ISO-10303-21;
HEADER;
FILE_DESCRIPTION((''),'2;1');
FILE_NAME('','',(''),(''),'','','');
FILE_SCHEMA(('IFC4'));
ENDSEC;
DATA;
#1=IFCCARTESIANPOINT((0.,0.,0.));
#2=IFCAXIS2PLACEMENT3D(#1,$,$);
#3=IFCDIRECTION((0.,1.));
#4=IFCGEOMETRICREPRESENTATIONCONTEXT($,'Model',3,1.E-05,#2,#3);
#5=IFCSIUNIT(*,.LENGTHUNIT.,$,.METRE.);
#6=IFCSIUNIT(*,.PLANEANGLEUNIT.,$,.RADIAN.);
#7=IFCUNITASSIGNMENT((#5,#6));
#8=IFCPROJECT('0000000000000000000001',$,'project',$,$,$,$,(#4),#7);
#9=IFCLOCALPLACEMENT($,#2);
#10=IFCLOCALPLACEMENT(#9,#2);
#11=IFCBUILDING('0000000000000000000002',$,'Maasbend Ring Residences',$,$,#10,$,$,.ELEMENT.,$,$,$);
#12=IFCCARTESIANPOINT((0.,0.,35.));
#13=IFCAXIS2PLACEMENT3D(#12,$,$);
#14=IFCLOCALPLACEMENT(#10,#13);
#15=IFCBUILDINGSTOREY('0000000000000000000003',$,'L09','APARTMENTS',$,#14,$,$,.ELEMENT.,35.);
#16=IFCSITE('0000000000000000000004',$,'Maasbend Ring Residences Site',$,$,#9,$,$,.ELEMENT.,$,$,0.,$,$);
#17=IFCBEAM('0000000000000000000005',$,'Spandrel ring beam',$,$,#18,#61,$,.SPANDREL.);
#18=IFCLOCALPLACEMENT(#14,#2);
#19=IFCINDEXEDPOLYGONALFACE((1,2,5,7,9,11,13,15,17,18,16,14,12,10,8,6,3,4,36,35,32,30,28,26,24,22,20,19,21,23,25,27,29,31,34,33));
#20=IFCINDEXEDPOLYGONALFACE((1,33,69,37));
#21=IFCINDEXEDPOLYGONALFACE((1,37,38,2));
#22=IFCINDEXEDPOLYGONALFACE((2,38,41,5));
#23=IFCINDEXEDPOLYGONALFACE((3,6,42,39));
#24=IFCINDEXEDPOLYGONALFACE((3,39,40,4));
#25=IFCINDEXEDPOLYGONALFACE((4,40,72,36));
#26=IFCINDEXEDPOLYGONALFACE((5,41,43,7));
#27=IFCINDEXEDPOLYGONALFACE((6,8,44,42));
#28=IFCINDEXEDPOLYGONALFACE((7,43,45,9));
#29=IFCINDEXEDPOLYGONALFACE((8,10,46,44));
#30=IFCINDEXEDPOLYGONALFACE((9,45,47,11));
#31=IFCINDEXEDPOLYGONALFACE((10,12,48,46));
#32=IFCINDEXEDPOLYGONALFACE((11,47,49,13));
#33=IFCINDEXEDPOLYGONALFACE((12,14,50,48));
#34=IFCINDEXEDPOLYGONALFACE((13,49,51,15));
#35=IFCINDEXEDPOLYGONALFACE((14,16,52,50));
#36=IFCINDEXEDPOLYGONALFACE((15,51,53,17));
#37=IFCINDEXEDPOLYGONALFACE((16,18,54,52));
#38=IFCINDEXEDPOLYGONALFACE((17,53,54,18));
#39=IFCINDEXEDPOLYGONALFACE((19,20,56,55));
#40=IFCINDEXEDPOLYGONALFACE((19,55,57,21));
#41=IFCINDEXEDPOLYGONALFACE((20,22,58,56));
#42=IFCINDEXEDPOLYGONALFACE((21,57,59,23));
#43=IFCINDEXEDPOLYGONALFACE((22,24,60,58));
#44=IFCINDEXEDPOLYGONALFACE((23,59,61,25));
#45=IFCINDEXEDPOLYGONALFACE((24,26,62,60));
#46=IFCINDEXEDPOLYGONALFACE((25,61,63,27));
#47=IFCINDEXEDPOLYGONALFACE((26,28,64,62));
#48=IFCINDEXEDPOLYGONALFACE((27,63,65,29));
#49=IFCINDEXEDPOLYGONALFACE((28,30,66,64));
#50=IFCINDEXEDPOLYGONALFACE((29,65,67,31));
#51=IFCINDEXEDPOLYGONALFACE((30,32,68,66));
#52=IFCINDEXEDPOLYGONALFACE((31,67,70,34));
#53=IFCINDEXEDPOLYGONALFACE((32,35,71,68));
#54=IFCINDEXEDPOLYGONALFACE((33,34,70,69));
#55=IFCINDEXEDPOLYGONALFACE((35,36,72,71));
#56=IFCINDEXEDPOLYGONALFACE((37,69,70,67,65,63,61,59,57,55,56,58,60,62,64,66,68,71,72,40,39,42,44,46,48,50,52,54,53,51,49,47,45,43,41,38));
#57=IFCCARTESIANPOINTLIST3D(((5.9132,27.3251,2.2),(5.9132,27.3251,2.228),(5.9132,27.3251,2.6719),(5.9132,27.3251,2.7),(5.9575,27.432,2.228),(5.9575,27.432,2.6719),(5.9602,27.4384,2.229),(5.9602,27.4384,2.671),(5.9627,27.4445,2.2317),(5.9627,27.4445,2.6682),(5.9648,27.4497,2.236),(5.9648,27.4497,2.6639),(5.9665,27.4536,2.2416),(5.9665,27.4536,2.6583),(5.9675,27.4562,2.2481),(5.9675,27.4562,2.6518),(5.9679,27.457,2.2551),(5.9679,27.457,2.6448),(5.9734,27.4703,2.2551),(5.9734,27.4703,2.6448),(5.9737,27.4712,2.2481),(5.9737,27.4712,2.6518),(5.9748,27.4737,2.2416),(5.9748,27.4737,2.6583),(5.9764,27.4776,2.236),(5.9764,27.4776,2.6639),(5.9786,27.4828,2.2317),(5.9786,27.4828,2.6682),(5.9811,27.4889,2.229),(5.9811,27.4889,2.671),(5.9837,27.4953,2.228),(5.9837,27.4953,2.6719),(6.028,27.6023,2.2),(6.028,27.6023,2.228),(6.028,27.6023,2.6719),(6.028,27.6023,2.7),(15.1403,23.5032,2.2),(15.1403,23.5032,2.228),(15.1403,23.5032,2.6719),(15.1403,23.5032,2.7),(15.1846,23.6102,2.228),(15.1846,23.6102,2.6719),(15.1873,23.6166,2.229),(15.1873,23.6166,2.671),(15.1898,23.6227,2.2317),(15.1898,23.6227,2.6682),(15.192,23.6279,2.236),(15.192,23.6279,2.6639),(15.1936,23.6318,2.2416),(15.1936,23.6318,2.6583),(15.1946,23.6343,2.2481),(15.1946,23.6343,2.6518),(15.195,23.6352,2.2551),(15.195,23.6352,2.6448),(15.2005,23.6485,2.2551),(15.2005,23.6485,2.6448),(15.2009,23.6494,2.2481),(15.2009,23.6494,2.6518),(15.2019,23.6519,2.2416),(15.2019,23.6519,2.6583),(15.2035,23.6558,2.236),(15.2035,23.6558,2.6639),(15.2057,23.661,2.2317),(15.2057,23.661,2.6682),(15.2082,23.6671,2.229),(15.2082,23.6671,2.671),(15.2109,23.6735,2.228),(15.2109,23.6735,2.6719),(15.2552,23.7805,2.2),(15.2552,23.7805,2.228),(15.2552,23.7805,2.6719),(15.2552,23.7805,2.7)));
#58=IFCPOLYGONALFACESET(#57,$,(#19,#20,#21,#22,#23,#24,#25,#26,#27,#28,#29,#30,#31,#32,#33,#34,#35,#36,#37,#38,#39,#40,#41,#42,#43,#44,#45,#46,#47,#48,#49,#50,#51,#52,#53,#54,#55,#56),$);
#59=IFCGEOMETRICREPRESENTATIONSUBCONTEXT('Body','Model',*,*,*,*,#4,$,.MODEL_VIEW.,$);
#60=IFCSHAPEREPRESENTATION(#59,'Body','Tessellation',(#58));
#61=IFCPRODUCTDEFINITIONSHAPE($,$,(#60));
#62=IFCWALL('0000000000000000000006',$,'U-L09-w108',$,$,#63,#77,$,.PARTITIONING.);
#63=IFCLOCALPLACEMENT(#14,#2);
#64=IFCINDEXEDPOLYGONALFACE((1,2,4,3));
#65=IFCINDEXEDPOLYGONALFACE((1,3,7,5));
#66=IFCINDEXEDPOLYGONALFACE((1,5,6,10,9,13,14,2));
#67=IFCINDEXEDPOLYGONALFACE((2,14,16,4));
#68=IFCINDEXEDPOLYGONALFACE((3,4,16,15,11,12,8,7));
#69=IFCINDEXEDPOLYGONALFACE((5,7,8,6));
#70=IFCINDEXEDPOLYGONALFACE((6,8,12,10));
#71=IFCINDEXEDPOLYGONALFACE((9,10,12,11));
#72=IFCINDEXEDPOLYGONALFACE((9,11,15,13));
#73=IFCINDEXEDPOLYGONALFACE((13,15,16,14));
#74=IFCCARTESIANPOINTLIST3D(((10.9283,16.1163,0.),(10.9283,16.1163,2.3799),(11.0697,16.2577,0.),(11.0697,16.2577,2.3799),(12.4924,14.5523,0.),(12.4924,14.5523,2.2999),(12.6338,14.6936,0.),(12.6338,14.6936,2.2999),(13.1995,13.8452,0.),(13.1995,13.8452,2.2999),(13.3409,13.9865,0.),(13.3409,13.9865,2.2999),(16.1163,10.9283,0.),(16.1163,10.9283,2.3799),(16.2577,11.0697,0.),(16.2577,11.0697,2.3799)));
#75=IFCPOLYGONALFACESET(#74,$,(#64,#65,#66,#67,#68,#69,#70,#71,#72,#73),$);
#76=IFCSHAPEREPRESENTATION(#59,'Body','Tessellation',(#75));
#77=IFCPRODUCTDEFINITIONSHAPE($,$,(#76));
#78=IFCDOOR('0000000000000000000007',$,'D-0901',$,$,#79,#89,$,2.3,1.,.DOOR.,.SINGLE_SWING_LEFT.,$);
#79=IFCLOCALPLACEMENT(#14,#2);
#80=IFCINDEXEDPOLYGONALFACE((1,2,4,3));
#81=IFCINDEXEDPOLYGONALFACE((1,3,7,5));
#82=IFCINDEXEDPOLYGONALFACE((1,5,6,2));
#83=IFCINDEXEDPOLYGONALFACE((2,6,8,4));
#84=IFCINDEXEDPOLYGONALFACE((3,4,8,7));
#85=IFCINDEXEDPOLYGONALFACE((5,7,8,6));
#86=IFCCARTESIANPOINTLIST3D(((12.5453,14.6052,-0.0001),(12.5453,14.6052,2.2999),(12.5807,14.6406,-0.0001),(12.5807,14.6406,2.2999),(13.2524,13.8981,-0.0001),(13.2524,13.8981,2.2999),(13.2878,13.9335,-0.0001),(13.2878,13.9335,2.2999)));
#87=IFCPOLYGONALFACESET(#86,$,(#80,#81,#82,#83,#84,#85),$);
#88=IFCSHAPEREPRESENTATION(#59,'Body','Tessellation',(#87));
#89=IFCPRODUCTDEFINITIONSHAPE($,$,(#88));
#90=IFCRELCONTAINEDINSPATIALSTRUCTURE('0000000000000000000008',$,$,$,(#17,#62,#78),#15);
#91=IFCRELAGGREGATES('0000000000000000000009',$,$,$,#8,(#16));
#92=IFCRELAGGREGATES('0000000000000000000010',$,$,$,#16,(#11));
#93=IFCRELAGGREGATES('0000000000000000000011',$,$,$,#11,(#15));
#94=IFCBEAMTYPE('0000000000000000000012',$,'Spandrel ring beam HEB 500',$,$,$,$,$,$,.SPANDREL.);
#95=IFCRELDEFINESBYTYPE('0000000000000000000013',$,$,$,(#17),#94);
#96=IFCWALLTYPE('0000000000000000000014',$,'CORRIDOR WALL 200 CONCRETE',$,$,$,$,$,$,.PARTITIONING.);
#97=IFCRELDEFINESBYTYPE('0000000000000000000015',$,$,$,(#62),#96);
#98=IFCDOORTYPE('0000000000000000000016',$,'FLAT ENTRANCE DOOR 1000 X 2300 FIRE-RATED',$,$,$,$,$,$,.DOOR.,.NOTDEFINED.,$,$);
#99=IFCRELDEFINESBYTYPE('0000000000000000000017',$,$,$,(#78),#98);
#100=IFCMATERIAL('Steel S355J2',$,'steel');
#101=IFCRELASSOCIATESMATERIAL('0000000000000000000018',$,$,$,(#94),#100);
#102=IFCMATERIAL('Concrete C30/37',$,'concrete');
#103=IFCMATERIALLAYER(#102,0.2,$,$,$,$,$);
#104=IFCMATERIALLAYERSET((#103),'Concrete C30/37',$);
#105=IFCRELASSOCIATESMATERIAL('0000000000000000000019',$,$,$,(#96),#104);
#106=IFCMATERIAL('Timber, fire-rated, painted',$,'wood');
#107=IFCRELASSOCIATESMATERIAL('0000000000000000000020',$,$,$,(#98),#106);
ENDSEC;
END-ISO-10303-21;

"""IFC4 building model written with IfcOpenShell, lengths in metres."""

from ifc_helpers import new_model, si_unit, direction, frame, frame_2d, origin, origin_2d, place, context, subcontext, project, spatial, rectangle, i_section, extrude, material, layer, layer_set, material_profile, profile_set, type_object, element, fill, save


model = new_model("IFC4")

# Units and contexts
model_context = context("Model", 3, precision=1e-05, world=origin(), true_north=direction((0.0, 1.0)))
body_context = subcontext(model_context, "Body", "Model", "MODEL_VIEW")
ifc_project = project(units=[si_unit("LENGTHUNIT", "METRE"), si_unit("PLANEANGLEUNIT", "RADIAN")], contexts=[model_context])

# Site, building, storey
site_placement = place(None, origin())
site = spatial("IfcSite", under=ifc_project, at=site_placement, Name="Maasbend Ring Residences Site", CompositionType="ELEMENT", RefElevation=0.0)
building_placement = place(site_placement, origin())
building = spatial("IfcBuilding", under=site, at=building_placement, Name="Maasbend Ring Residences", CompositionType="ELEMENT")
storey_placement = place(building_placement, frame((0.0, 0.0, 35.0)))
storey = spatial("IfcBuildingStorey", under=building, at=storey_placement, Name="L09", Description="APARTMENTS", CompositionType="ELEMENT", Elevation=35.0)

# Beam
ifc_material_1 = material(Name="Steel S355J2", Category="steel")
ifc_material_profile_1 = material_profile(ifc_material_1, i_section(OverallWidth=0.3, OverallDepth=0.5, WebThickness=0.0144, FlangeThickness=0.0281, FilletRadius=0.0271, at=origin_2d()), Name="HEB 500")
ifc_profile_set_1 = profile_set([ifc_material_profile_1], Name="Steel S355J2")
beam_type_1 = type_object("IfcBeamType", Name="Spandrel ring beam HEB 500", PredefinedType="SPANDREL", material=ifc_profile_set_1)
beam_1_placement = place(storey_placement, frame((15.1978, 23.6418, 2.45), z_axis=(-0.923886, 0.382667, 0.0), x_axis=(-0.382667, -0.923886, 0.0)))
element("IfcBeam", 1, at=beam_1_placement, inside=storey, type_object=beam_type_1, Name="Spandrel ring beam", PredefinedType="SPANDREL", context=body_context, shape_type="SweptSolid", body=[
    extrude(i_section(OverallWidth=0.3, OverallDepth=0.5, WebThickness=0.0144, FlangeThickness=0.0281, FilletRadius=0.0271, at=origin_2d()), origin(), (0.0, 0.0, 1.0), 9.9873),
])

# Wall, opening, door
ifc_material_2 = material(Name="Concrete C30/37", Category="concrete")
ifc_layer_1 = layer(ifc_material_2, 0.2)
ifc_layer_set_1 = layer_set([ifc_layer_1], Name="Concrete C30/37")
wall_type_1 = type_object("IfcWallType", Name="CORRIDOR WALL 200 CONCRETE", PredefinedType="PARTITIONING", material=ifc_layer_set_1)
wall_1_placement = place(storey_placement, frame((10.999, 16.187, 0.0), z_axis=(0.0, 0.0, 1.0), x_axis=(0.707107, -0.707107, 0.0)))
wall_1 = element("IfcWall", 2, at=wall_1_placement, inside=storey, type_object=wall_type_1, Name="U-L09-w108", PredefinedType="PARTITIONING", context=body_context, shape_type="SweptSolid", body=[
    extrude(rectangle(XDim=7.3369, YDim=0.2, at=frame_2d((3.6685, 0.0))), origin(), (0.0, 0.0, 1.0), 2.3799),
])
opening_1_placement = place(wall_1_placement, frame((2.2119, 0.0, 0.0)))
opening_1 = element("IfcOpeningElement", 3, at=opening_1_placement, cuts=wall_1, PredefinedType="OPENING", context=body_context, shape_type="SweptSolid", body=[
    extrude(rectangle(XDim=1.0, YDim=2.3, at=frame_2d((0.5, 1.1499))), frame((0.0, 0.1099, 0.0), z_axis=(0.0, -1.0, 0.0), x_axis=(1.0, 0.0, 0.0)), (0.0, 0.0, 1.0), 0.22),
])
ifc_material_3 = material(Name="Timber, fire-rated, painted", Category="wood")
door_type_1 = type_object("IfcDoorType", Name="FLAT ENTRANCE DOOR 1000 X 2300 FIRE-RATED", OperationType="NOTDEFINED", PredefinedType="DOOR", material=ifc_material_3)
door_1_placement = place(opening_1_placement, origin())
door_1 = element("IfcDoor", 4, at=door_1_placement, inside=storey, type_object=door_type_1, Name="D-0901", OperationType="SINGLE_SWING_LEFT", OverallHeight=2.3, OverallWidth=1.0, PredefinedType="DOOR", context=body_context, shape_type="SweptSolid", body=[
    extrude(rectangle(XDim=1.0, YDim=2.3, at=frame_2d((0.5, 1.1499))), frame((0.0, 0.0249, 0.0), z_axis=(0.0, -1.0, 0.0), x_axis=(1.0, 0.0, 0.0)), (0.0, 0.0, 1.0), 0.05),
])
fill(opening_1, door_1)

save(model, "model.ifc")
